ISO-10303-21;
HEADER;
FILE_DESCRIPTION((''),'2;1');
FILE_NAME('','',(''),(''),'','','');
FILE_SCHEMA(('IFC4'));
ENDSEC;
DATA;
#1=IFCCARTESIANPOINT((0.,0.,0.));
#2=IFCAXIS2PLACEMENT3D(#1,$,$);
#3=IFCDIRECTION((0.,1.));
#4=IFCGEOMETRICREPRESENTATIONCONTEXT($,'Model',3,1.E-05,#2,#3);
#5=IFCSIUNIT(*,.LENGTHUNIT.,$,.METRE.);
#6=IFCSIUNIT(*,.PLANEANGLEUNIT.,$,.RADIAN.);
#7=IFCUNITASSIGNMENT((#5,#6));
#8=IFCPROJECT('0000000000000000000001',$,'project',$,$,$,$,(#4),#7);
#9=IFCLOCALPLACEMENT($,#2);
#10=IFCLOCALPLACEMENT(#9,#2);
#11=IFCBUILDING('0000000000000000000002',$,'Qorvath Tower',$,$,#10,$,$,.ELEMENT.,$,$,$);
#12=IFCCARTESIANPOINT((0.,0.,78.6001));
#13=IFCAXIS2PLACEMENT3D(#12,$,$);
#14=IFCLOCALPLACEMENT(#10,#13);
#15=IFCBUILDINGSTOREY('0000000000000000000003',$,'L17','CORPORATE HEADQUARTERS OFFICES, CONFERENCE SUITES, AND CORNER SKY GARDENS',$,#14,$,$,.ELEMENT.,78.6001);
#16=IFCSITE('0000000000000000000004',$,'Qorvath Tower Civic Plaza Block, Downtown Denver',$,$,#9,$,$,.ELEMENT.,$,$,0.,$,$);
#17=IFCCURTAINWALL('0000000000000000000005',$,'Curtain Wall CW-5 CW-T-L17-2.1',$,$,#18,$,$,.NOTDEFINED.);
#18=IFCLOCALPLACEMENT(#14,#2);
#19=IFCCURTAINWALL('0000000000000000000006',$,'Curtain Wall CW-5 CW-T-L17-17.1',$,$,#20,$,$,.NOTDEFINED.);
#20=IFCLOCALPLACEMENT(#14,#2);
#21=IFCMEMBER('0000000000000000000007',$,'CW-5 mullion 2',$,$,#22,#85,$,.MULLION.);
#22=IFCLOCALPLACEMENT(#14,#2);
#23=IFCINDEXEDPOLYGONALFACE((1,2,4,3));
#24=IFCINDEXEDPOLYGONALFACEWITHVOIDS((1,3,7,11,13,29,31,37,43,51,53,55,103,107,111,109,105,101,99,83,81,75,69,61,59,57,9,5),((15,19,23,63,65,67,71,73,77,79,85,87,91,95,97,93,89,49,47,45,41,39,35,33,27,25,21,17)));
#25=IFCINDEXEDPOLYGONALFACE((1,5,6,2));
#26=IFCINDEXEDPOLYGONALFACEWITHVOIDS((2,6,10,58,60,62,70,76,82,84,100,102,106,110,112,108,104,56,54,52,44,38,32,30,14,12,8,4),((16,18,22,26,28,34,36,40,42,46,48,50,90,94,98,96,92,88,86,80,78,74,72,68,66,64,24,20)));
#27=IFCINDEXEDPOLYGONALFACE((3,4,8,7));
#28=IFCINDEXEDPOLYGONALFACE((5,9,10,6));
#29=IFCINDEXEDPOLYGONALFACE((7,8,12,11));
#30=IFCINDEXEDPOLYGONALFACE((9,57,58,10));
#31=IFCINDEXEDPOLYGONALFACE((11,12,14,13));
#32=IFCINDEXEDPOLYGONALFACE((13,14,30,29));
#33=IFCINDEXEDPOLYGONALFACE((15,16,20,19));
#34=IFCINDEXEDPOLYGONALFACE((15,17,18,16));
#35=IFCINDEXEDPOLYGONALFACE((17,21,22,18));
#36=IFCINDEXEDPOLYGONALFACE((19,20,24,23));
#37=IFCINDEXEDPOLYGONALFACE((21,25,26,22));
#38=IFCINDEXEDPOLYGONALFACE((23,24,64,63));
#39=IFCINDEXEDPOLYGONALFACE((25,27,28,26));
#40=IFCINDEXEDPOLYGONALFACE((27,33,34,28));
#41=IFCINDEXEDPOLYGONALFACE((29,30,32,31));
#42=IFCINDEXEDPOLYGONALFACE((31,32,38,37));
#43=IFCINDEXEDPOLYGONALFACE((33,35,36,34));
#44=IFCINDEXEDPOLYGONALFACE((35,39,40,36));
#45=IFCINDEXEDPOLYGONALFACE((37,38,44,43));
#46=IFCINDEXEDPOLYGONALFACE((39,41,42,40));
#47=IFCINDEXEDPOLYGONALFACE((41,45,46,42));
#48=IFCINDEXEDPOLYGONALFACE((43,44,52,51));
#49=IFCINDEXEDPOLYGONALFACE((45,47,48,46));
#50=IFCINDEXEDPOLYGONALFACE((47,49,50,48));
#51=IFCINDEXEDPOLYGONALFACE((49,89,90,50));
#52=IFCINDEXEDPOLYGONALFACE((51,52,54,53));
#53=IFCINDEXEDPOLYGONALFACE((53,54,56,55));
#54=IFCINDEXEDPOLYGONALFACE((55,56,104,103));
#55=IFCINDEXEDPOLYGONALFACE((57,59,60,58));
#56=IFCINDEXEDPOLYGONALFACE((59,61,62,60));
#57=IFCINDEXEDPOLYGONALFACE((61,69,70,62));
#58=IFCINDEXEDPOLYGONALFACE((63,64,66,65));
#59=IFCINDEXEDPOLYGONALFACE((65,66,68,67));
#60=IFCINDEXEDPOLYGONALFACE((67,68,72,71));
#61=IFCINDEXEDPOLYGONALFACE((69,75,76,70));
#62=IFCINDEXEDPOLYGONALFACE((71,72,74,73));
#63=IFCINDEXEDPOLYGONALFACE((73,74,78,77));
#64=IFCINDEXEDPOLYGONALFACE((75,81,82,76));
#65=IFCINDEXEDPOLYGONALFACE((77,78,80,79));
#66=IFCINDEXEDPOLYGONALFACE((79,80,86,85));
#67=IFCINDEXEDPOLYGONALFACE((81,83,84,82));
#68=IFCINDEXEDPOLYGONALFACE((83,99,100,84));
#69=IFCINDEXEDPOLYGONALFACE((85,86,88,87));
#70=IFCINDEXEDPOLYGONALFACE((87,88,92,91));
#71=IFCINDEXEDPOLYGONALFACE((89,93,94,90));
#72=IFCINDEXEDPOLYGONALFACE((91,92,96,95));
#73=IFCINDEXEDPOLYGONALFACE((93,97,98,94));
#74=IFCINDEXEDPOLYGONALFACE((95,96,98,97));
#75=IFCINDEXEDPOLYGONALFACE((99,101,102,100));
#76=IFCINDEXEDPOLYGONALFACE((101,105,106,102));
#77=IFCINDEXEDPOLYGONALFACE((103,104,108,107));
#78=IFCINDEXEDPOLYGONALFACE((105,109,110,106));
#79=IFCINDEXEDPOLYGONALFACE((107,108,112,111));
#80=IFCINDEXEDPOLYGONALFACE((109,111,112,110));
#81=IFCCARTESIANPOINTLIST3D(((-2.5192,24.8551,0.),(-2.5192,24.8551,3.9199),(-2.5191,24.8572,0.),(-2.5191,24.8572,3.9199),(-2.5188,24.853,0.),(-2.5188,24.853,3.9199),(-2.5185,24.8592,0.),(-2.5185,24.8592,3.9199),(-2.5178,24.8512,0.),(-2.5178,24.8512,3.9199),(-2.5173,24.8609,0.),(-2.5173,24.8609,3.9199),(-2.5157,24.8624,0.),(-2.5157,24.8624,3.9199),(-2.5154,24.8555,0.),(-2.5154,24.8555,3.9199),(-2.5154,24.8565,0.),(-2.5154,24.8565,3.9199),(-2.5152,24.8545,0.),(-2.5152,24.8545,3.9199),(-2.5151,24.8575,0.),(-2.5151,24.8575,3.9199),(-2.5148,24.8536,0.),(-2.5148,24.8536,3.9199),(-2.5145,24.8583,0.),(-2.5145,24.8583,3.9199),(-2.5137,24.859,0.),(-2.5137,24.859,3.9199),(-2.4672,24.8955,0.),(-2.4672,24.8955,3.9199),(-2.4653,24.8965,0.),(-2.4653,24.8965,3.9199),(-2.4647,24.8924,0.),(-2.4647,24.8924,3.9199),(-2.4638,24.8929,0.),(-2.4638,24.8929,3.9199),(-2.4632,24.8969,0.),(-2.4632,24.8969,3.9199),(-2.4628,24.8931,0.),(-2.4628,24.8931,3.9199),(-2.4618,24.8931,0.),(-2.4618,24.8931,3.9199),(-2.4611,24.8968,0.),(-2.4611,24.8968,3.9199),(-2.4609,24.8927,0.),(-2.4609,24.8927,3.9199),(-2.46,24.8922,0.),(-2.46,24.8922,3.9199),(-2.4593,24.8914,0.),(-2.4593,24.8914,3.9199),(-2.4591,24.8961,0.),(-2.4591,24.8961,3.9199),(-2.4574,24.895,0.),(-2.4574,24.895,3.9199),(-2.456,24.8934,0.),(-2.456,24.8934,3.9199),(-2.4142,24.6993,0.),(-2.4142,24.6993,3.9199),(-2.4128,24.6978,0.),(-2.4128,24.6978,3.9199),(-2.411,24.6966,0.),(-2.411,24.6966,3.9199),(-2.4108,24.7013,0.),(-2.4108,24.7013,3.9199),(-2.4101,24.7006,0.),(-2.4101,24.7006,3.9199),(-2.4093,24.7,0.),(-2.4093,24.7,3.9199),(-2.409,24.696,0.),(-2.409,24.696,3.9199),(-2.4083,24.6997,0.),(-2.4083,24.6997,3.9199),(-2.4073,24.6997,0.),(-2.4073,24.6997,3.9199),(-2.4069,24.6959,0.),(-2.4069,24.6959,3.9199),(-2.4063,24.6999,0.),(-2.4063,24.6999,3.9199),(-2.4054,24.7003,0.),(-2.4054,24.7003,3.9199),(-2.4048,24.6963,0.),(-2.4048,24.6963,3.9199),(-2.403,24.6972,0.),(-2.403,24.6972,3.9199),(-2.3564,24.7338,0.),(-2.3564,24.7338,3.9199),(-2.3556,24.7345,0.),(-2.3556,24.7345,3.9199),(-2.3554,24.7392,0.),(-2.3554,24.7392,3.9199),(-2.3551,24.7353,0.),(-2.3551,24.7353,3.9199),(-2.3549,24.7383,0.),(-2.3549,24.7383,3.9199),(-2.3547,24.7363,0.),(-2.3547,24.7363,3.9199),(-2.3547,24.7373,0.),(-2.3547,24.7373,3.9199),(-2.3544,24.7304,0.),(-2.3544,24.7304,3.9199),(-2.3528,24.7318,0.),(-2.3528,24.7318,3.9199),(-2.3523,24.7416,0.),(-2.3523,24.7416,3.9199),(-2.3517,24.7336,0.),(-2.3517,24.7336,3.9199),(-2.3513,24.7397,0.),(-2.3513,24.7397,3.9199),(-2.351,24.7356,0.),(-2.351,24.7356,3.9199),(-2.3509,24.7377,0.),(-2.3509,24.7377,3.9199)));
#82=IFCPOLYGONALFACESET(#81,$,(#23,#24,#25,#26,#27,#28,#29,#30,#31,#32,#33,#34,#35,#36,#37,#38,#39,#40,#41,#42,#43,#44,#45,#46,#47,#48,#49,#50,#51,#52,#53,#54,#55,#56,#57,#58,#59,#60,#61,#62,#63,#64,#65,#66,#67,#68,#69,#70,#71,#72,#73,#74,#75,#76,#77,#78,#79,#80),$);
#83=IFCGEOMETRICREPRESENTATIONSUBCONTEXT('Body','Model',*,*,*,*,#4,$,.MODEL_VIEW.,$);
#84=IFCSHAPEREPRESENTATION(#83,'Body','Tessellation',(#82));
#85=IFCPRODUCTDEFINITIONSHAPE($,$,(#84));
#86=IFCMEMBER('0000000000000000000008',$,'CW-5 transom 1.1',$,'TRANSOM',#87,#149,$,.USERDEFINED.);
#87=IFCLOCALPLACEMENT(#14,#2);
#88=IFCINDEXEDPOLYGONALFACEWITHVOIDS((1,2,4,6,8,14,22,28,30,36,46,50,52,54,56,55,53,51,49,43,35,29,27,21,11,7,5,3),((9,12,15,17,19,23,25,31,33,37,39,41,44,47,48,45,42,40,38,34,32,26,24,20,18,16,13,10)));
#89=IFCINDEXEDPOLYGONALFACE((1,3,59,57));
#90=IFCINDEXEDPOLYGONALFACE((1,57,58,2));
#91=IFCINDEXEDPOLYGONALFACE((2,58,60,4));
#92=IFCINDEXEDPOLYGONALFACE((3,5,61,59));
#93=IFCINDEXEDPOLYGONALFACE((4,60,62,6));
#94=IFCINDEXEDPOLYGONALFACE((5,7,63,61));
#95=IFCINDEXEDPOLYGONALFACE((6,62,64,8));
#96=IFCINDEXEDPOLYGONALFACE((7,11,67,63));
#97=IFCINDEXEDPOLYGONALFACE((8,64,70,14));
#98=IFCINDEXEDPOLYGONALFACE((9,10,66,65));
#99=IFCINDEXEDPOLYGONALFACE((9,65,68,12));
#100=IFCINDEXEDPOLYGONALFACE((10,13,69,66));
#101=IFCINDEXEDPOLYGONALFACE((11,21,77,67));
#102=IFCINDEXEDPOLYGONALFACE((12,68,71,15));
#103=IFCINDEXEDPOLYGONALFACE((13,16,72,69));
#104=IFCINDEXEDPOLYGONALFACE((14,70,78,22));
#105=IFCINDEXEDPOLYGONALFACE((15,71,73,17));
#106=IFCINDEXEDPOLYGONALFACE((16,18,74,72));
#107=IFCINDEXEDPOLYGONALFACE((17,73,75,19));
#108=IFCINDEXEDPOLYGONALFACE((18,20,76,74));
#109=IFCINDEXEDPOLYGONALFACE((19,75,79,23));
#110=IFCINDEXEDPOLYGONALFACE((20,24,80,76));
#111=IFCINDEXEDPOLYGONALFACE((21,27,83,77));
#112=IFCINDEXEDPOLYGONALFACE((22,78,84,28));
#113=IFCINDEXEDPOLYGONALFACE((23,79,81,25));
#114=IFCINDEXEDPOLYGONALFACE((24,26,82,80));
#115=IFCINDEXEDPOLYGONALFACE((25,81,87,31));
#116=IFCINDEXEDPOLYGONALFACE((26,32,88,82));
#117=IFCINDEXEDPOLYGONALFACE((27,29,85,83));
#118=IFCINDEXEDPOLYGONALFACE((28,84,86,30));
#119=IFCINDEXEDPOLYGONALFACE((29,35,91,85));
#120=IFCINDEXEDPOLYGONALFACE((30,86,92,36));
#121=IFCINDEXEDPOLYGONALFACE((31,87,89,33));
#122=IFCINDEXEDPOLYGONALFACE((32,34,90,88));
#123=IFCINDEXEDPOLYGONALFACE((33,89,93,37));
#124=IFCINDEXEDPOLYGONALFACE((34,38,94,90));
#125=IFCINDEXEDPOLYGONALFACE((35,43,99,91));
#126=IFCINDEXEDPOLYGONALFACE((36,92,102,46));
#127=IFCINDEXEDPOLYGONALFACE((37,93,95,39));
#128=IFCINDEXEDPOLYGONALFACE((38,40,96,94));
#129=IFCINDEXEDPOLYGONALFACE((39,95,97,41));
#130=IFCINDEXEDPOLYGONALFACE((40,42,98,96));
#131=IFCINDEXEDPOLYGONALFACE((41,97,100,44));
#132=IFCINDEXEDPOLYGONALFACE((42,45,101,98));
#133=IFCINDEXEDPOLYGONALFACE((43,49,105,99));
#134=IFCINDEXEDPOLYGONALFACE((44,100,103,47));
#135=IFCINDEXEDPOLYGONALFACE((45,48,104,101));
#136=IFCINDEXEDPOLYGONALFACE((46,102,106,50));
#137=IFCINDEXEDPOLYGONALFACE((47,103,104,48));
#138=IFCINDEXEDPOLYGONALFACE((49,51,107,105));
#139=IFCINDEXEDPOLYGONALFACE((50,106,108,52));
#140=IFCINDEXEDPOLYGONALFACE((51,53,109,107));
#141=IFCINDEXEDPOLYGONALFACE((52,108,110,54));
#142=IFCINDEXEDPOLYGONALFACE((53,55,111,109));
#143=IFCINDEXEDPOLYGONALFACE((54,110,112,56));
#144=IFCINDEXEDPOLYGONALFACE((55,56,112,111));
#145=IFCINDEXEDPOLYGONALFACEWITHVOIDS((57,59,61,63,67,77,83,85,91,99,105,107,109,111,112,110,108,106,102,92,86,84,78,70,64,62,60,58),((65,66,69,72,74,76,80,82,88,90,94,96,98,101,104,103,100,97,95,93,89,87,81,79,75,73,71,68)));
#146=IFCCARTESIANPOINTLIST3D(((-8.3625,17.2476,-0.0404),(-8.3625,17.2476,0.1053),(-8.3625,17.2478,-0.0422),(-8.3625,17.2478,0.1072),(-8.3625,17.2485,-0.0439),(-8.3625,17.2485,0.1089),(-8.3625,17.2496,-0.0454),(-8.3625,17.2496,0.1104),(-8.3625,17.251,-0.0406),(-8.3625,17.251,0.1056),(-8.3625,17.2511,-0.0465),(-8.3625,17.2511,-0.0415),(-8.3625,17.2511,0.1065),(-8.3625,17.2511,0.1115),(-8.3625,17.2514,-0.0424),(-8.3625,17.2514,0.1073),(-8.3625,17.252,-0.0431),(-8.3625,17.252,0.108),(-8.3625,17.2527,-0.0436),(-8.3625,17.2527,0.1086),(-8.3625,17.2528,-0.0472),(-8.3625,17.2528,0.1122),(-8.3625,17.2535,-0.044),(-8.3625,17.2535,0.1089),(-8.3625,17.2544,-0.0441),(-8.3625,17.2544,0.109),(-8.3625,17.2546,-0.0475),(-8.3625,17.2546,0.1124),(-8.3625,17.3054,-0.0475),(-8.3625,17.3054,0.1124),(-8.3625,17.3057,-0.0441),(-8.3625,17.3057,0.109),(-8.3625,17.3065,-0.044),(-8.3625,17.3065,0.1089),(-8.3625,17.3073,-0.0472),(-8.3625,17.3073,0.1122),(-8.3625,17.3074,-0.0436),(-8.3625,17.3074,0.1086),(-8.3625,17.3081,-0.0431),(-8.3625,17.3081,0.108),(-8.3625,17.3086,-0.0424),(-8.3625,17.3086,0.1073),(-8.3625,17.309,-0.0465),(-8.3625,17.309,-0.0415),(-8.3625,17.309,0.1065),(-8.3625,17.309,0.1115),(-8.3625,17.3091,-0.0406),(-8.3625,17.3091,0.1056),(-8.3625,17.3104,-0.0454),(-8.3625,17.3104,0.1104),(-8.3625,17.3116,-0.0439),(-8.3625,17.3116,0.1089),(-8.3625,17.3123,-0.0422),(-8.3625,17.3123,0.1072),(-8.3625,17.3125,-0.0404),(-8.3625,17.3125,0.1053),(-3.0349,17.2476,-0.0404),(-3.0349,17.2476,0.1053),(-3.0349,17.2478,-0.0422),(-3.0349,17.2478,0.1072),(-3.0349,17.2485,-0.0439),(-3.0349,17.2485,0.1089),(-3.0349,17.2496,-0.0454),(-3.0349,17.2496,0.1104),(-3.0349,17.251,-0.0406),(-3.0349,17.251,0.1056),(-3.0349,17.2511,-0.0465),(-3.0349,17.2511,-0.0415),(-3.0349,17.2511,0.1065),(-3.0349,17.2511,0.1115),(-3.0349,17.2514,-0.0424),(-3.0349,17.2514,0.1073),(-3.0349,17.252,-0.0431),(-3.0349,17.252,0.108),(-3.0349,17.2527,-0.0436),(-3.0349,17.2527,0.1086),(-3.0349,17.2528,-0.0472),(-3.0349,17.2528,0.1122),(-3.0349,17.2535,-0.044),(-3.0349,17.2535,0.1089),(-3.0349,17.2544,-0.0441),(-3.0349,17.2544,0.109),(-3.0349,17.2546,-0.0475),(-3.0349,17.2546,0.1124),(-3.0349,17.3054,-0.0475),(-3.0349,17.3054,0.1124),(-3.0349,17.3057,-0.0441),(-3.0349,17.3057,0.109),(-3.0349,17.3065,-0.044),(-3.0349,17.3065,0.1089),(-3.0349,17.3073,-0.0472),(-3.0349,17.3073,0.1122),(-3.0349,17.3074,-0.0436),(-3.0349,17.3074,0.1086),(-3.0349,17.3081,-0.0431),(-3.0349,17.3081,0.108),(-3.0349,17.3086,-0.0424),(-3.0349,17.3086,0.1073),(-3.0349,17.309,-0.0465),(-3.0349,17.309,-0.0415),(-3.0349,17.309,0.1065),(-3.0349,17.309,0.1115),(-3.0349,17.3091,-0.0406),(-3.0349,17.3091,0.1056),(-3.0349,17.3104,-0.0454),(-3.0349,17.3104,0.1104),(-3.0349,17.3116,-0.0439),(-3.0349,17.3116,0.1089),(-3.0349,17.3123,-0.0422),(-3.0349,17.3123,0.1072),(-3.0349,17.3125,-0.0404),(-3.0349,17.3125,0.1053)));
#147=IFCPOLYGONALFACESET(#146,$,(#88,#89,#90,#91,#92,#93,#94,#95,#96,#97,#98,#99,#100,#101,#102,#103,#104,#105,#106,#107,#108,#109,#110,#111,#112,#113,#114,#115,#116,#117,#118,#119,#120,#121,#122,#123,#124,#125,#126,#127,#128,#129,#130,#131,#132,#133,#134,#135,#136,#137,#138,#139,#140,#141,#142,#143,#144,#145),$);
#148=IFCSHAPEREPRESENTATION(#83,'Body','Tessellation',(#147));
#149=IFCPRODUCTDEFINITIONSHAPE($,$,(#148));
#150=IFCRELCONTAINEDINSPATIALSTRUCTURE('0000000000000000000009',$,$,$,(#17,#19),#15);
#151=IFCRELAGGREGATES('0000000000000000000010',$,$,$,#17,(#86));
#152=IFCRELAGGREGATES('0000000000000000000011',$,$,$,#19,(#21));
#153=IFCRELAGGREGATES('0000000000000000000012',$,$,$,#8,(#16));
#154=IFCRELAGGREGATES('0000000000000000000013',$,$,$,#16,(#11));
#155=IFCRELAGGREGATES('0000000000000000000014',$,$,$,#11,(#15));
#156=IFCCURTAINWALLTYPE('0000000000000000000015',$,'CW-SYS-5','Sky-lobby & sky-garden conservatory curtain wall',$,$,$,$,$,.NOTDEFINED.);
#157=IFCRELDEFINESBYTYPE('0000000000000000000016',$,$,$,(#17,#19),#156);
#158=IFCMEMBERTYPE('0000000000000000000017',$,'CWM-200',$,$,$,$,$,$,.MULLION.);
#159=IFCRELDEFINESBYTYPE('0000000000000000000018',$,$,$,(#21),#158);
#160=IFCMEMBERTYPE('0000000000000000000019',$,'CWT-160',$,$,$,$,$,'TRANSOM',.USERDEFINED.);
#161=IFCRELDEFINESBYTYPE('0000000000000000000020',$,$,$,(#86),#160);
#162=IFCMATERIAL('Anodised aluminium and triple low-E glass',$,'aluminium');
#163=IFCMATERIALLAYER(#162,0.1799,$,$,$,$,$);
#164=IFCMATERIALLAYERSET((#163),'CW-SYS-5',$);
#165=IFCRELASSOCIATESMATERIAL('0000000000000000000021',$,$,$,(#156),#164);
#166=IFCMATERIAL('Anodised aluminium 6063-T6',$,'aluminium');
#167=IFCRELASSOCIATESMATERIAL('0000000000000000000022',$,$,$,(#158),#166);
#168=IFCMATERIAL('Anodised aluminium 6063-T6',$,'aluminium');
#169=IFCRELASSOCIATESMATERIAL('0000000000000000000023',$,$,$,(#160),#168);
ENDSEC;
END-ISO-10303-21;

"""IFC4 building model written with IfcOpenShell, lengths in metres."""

from ifc_helpers import new_model, si_unit, direction, frame, origin, origin_2d, place, context, subcontext, project, spatial, hollow_rectangle, extrude, material, layer, layer_set, material_profile, profile_set, type_object, element, aggregate, save


model = new_model("IFC4")

# Units and contexts
model_context = context("Model", 3, precision=1e-05, world=origin(), true_north=direction((0.0, 1.0)))
body_context = subcontext(model_context, "Body", "Model", "MODEL_VIEW")
ifc_project = project(units=[si_unit("LENGTHUNIT", "METRE"), si_unit("PLANEANGLEUNIT", "RADIAN")], contexts=[model_context])

# Site, building, storey
site_placement = place(None, origin())
site = spatial("IfcSite", under=ifc_project, at=site_placement, Name="Qorvath Tower Civic Plaza Block, Downtown Denver", CompositionType="ELEMENT", RefElevation=0.0)
building_placement = place(site_placement, origin())
building = spatial("IfcBuilding", under=site, at=building_placement, Name="Qorvath Tower", CompositionType="ELEMENT")
storey_placement = place(building_placement, frame((0.0, 0.0, 78.6001)))
storey = spatial("IfcBuildingStorey", under=building, at=storey_placement, Name="L17", Description="CORPORATE HEADQUARTERS OFFICES, CONFERENCE SUITES, AND CORNER SKY GARDENS", CompositionType="ELEMENT", Elevation=78.6001)

# Curtain wall
ifc_material_1 = material(Name="Anodised aluminium and triple low-E glass", Category="aluminium")
ifc_layer_1 = layer(ifc_material_1, 0.1799)
ifc_layer_set_1 = layer_set([ifc_layer_1], Name="CW-SYS-5")
curtain_wall_type = type_object("IfcCurtainWallType", Name="CW-SYS-5", Description="Sky-lobby & sky-garden conservatory curtain wall", PredefinedType="NOTDEFINED", material=ifc_layer_set_1)
curtain_wall_1_placement = place(storey_placement, origin())
curtain_wall_1 = element("IfcCurtainWall", 1, at=curtain_wall_1_placement, inside=storey, type_object=curtain_wall_type, Name="Curtain Wall CW-5 CW-T-L17-2.1", PredefinedType="NOTDEFINED")
ifc_material_2 = material(Name="Anodised aluminium 6063-T6", Category="aluminium")
ifc_material_profile_1 = material_profile(ifc_material_2, hollow_rectangle(XDim=0.075, YDim=0.2, WallThickness=0.0039, InnerFilletRadius=0.0039, OuterFilletRadius=0.0081, at=origin_2d()), Name="CWM 200x75")
ifc_profile_set_1 = profile_set([ifc_material_profile_1], Name="Anodised aluminium 6063-T6")
member_type_1 = type_object("IfcMemberType", Name="CWM-200", PredefinedType="MULLION", material=ifc_profile_set_1)

# Curtain wall, member
curtain_wall_2_placement = place(storey_placement, origin())
curtain_wall_2 = element("IfcCurtainWall", 2, at=curtain_wall_2_placement, inside=storey, type_object=curtain_wall_type, Name="Curtain Wall CW-5 CW-T-L17-17.1", PredefinedType="NOTDEFINED")
member_1_placement = place(storey_placement, frame((-2.4351, 24.7964, 0.0), z_axis=(0.0, 0.0, 1.0), x_axis=(-0.825776, -0.563998, 0.0)))
member_1 = element("IfcMember", 3, at=member_1_placement, type_object=member_type_1, Name="CW-5 mullion 2", PredefinedType="MULLION", context=body_context, shape_type="SweptSolid", body=[
    extrude(hollow_rectangle(XDim=0.075, YDim=0.2, WallThickness=0.0039, InnerFilletRadius=0.0039, OuterFilletRadius=0.0081, at=origin_2d()), origin(), (0.0, 0.0, 1.0), 3.9199),
])

# Member
ifc_material_3 = material(Name="Anodised aluminium 6063-T6", Category="aluminium")
ifc_material_profile_2 = material_profile(ifc_material_3, hollow_rectangle(XDim=0.0649, YDim=0.1599, WallThickness=0.0034, InnerFilletRadius=0.0034, OuterFilletRadius=0.0071, at=origin_2d()), Name="CWT 160x65")
ifc_profile_set_2 = profile_set([ifc_material_profile_2], Name="Anodised aluminium 6063-T6")
member_type_2 = type_object("IfcMemberType", Name="CWT-160", ElementType="TRANSOM", PredefinedType="USERDEFINED", material=ifc_profile_set_2)
member_2_placement = place(storey_placement, frame((-3.0349, 17.28, 0.0325), z_axis=(-1.0, 0.0, 0.0), x_axis=(0.0, -1.0, 0.0)))
member_2 = element("IfcMember", 4, at=member_2_placement, type_object=member_type_2, Name="CW-5 transom 1.1", ObjectType="TRANSOM", PredefinedType="USERDEFINED", context=body_context, shape_type="SweptSolid", body=[
    extrude(hollow_rectangle(XDim=0.0649, YDim=0.1599, WallThickness=0.0034, InnerFilletRadius=0.0034, OuterFilletRadius=0.0071, at=origin_2d()), origin(), (0.0, 0.0, 1.0), 5.3276),
])

aggregate(curtain_wall_1, [member_2])
aggregate(curtain_wall_2, [member_1])

save(model, "model.ifc")
